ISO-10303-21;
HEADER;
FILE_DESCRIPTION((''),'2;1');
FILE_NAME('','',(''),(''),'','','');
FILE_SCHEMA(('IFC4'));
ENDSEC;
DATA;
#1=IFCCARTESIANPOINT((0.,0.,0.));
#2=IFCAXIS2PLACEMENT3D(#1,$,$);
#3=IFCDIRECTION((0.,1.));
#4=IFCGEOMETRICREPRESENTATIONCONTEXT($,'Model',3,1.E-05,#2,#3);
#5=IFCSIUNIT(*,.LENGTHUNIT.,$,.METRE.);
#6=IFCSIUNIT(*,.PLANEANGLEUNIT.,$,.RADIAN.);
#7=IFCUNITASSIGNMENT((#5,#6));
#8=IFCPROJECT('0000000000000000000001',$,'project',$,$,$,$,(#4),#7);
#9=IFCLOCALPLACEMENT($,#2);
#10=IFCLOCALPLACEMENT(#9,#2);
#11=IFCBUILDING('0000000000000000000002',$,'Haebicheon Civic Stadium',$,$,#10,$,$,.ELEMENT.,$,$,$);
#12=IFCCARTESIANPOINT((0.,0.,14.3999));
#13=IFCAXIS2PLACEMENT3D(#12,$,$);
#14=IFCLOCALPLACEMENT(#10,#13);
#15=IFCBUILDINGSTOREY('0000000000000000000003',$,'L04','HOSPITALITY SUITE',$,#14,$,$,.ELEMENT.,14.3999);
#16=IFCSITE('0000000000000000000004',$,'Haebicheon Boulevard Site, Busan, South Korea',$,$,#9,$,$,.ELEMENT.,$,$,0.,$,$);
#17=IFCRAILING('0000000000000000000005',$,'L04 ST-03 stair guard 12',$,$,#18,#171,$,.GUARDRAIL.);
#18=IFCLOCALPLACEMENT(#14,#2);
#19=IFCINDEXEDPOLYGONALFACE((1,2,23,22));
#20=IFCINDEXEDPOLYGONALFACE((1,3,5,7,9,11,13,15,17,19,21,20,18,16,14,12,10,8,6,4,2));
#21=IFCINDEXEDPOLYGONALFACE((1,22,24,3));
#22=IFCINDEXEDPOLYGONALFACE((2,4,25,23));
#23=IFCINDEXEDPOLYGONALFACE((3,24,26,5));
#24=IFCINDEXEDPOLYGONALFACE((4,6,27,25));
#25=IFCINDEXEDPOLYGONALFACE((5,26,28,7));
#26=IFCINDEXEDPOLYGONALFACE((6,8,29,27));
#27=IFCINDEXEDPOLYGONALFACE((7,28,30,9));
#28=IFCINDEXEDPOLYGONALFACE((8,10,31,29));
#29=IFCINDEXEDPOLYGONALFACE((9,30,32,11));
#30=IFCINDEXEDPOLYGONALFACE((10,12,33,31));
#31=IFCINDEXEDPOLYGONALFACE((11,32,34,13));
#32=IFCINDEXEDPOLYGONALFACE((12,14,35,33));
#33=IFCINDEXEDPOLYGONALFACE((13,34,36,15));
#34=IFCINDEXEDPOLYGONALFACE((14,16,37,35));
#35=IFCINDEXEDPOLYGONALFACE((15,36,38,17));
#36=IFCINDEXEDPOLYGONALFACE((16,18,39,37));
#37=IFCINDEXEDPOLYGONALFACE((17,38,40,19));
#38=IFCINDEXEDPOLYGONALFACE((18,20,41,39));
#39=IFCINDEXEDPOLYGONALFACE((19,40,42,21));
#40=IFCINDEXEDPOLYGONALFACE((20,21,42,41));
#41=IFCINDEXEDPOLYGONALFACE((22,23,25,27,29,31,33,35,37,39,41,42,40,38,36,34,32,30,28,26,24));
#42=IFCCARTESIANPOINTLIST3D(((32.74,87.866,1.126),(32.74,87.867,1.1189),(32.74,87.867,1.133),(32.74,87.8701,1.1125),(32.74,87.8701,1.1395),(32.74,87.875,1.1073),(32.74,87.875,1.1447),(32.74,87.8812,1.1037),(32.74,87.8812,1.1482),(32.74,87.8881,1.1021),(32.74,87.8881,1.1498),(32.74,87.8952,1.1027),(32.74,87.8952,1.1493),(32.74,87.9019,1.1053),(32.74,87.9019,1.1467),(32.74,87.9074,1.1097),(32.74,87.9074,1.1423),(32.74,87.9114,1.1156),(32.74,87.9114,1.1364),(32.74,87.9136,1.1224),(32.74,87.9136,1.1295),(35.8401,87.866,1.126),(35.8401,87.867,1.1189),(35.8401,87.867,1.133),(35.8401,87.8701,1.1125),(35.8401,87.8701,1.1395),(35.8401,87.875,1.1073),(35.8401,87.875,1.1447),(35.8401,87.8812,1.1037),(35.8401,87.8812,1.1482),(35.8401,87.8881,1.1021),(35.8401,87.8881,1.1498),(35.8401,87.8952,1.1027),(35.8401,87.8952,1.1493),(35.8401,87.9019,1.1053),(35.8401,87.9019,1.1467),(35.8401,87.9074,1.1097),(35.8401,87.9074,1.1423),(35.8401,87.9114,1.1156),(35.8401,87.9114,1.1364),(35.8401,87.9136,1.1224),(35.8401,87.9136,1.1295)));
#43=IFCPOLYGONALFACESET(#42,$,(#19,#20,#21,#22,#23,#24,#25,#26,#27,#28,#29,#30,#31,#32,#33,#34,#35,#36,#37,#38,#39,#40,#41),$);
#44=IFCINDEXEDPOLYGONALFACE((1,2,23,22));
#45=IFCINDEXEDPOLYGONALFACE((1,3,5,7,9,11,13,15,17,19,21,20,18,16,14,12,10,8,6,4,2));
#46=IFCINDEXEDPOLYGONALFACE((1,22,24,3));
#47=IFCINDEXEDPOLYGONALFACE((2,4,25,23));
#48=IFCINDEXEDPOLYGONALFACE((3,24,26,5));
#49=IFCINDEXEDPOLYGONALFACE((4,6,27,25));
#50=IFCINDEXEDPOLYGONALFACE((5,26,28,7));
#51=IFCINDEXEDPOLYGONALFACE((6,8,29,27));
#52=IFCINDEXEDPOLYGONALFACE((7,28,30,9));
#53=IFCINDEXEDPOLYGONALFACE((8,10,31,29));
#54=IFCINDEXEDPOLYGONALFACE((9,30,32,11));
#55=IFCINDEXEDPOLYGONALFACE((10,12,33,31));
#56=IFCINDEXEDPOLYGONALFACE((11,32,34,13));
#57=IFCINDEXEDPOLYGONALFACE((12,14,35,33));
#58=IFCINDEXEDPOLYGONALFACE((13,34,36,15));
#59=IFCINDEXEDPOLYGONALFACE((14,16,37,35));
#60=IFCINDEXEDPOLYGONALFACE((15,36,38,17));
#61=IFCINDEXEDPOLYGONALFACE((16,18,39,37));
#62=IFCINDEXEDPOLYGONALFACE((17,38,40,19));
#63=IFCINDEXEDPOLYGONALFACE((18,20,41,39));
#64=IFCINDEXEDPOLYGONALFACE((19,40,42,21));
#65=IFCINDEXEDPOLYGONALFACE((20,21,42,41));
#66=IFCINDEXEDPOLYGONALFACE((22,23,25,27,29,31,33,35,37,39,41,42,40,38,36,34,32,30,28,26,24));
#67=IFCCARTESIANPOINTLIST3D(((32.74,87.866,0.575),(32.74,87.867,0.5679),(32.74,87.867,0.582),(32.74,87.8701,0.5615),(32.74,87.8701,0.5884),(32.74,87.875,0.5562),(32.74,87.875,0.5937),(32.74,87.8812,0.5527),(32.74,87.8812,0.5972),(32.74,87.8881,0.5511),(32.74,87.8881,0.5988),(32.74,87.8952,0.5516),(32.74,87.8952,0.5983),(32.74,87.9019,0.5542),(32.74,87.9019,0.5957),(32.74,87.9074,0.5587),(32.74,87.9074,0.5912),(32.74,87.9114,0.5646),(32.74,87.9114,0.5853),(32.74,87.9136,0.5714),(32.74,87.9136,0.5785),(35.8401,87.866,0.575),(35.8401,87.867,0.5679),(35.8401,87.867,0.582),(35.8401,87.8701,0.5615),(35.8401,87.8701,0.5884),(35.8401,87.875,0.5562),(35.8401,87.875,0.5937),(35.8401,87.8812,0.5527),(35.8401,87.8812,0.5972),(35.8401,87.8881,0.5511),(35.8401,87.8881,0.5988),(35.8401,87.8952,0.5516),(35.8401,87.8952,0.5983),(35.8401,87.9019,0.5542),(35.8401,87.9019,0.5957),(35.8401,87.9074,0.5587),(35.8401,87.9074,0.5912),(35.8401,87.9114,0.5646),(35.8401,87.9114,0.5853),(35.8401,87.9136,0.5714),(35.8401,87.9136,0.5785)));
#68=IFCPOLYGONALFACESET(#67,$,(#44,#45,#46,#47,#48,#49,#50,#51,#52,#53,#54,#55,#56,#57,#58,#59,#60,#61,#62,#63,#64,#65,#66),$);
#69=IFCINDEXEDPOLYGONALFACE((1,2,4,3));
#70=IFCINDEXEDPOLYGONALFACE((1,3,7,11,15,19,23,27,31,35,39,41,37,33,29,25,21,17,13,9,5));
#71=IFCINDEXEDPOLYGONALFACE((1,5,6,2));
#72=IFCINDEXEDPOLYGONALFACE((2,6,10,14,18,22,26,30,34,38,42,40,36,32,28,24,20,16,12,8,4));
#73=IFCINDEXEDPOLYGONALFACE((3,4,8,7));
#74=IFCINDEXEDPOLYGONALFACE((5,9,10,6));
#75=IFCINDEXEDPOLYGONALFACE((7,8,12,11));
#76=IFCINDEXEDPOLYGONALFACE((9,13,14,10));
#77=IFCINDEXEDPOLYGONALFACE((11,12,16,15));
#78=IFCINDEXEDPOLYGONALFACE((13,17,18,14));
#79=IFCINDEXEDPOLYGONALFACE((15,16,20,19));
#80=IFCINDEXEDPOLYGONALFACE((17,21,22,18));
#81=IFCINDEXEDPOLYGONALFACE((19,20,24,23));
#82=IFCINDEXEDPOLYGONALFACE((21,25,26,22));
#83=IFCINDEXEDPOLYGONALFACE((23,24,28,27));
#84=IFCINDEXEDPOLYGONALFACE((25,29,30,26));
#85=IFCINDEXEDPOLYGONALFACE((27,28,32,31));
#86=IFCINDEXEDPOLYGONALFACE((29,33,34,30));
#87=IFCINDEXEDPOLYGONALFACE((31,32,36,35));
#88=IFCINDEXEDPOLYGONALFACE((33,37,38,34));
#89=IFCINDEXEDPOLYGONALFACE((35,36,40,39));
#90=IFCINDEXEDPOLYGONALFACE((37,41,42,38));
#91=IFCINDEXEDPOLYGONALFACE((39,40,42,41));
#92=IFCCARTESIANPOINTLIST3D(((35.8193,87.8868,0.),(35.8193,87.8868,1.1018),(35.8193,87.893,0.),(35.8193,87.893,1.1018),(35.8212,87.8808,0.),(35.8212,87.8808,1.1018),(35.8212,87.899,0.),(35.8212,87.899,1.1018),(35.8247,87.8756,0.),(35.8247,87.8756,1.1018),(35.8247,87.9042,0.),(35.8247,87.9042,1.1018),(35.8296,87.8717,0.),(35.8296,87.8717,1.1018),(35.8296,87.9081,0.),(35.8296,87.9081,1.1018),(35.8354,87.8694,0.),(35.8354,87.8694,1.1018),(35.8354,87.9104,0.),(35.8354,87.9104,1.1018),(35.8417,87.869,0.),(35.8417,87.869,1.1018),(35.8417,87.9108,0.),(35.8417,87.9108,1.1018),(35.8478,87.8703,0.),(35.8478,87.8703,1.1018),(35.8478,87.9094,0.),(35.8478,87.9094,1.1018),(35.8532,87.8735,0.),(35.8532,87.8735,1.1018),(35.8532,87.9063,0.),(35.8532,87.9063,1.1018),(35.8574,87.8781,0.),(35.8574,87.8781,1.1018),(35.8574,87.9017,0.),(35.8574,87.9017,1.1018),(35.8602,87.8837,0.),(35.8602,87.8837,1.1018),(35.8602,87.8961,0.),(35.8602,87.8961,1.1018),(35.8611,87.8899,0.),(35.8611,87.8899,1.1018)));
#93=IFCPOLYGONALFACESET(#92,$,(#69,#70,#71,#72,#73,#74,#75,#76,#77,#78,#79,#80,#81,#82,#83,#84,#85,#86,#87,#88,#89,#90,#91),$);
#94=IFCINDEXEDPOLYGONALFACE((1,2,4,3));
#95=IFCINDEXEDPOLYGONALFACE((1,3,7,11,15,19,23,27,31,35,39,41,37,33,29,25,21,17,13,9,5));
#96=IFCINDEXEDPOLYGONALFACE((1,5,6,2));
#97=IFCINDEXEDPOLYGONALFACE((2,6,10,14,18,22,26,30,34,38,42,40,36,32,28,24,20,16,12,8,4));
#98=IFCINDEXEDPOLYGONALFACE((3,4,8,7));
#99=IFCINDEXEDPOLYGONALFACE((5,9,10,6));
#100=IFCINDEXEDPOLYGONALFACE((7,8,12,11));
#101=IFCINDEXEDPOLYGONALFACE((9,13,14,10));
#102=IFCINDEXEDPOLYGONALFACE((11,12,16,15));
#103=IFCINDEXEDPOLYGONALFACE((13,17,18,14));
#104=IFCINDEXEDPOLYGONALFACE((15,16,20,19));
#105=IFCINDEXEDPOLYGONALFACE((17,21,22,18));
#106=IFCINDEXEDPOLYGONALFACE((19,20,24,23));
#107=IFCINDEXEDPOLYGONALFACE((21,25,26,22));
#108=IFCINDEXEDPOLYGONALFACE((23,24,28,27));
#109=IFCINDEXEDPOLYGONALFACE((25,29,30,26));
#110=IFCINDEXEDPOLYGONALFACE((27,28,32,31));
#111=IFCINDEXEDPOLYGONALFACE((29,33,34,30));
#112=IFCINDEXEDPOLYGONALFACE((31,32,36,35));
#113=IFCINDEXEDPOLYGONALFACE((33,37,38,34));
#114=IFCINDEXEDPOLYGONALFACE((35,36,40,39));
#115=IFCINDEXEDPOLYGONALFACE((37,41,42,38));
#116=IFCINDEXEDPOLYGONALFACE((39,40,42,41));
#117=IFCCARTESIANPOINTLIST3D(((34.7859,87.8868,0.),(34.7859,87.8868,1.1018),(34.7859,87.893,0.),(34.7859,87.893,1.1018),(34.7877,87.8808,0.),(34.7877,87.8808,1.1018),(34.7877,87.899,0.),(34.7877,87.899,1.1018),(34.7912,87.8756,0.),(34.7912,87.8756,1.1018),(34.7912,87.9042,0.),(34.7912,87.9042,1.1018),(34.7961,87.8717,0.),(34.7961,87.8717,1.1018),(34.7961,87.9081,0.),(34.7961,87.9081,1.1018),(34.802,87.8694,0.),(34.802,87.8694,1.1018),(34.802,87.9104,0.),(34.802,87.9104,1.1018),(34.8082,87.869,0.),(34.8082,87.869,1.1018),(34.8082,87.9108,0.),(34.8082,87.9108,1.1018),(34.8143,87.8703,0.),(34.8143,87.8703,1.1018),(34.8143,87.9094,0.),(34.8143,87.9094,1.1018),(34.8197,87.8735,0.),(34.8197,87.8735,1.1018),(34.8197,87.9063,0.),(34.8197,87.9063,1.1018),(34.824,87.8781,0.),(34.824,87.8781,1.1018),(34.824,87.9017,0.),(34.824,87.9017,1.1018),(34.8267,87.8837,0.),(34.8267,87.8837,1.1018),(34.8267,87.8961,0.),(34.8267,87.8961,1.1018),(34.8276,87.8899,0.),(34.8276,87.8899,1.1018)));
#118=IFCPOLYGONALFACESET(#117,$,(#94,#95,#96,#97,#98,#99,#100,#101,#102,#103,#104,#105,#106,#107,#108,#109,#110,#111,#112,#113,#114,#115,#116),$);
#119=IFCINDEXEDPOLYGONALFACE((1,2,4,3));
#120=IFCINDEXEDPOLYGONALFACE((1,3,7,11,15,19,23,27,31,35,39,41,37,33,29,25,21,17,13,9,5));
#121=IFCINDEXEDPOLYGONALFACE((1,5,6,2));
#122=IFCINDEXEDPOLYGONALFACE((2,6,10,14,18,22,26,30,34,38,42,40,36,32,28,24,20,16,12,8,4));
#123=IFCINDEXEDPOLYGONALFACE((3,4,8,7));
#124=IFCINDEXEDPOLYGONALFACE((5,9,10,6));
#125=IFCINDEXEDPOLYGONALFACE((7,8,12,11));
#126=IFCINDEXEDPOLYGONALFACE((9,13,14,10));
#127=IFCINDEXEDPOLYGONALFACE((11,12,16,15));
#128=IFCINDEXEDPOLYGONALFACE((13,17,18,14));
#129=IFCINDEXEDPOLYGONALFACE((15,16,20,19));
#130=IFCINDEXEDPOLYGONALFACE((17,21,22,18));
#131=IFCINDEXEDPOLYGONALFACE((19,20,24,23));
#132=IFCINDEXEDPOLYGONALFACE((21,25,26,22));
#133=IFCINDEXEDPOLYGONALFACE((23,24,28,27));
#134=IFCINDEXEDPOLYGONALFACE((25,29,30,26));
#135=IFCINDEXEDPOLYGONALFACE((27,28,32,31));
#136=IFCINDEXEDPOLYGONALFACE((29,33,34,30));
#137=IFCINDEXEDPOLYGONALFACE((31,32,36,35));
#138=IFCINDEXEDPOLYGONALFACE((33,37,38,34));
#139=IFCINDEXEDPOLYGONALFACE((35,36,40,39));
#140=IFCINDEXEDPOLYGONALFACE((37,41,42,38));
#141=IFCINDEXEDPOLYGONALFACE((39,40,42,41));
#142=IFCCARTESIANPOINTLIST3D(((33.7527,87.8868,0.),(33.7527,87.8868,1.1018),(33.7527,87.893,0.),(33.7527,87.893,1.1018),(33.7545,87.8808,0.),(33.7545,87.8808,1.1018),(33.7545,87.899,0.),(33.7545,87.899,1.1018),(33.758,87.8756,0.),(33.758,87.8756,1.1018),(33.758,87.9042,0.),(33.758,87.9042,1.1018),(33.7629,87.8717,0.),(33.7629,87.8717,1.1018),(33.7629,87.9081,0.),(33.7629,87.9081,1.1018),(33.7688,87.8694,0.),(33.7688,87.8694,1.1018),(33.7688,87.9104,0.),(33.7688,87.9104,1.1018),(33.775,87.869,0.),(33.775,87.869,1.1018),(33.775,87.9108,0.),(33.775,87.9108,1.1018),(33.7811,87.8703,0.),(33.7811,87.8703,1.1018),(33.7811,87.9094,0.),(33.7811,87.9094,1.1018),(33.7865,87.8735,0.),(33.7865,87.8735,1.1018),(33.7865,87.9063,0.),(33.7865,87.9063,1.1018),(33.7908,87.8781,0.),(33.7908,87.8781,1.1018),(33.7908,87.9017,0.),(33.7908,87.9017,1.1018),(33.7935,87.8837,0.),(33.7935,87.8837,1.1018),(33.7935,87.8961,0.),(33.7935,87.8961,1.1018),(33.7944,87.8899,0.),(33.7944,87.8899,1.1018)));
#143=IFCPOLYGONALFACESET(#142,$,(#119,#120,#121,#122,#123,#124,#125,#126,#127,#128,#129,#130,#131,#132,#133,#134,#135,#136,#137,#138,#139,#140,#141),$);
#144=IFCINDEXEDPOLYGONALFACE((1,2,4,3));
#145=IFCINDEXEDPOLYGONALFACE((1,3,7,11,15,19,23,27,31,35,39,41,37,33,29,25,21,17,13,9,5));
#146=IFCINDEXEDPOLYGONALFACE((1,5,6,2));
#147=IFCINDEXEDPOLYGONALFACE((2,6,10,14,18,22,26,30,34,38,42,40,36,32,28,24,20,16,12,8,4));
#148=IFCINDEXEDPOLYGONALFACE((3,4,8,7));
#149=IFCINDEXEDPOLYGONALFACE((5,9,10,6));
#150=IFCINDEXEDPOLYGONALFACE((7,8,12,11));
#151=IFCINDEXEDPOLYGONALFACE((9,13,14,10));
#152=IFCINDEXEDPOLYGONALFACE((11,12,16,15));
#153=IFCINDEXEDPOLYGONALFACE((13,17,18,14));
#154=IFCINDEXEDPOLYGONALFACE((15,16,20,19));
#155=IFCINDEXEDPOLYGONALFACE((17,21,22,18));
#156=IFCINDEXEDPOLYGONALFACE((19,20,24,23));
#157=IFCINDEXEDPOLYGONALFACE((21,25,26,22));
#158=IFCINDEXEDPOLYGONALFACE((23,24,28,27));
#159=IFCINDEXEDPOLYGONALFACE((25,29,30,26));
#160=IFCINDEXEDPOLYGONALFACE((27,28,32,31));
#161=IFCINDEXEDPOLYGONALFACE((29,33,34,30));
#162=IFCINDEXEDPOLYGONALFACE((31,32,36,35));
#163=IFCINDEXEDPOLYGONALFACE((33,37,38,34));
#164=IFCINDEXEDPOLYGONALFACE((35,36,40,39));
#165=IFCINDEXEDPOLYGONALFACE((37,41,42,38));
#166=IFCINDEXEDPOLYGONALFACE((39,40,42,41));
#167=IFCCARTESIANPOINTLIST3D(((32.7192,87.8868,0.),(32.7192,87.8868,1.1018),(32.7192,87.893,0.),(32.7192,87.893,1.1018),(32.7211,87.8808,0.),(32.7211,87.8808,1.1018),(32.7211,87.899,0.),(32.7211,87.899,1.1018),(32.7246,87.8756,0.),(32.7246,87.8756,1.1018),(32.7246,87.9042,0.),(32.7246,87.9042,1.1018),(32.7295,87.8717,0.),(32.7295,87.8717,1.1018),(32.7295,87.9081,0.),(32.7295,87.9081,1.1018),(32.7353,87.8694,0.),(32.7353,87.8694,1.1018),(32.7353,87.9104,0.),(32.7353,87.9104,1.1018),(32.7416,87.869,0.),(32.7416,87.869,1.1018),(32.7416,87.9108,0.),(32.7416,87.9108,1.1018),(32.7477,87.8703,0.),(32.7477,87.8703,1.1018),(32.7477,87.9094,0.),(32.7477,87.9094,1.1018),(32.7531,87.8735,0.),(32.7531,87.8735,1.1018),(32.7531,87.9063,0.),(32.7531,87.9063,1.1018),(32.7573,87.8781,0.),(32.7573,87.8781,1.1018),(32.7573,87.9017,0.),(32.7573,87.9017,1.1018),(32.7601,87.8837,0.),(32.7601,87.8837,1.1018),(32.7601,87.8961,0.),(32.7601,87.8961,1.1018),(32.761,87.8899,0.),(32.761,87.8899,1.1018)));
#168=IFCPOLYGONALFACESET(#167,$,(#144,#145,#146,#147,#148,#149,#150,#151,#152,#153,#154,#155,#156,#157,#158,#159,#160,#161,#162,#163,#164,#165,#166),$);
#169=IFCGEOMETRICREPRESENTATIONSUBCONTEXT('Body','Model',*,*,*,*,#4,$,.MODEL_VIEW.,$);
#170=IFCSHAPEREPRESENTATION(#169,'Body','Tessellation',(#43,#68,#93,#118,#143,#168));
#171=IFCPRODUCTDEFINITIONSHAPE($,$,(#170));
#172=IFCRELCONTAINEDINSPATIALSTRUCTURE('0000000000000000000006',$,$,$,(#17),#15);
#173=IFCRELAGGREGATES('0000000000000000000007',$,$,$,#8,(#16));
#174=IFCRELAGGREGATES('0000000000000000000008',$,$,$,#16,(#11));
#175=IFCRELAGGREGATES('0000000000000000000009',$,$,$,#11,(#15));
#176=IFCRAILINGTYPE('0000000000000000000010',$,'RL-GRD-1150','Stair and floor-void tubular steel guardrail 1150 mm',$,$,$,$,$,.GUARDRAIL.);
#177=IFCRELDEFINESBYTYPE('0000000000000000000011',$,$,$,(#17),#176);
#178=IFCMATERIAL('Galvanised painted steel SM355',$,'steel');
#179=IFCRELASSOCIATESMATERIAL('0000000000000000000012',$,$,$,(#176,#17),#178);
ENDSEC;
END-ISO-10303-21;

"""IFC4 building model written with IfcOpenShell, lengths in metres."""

from ifc_helpers import new_model, si_unit, direction, frame, origin, origin_2d, place, context, subcontext, project, spatial, circle, extrude, material, type_object, element, save


model = new_model("IFC4")

# Units and contexts
model_context = context("Model", 3, precision=1e-05, world=origin(), true_north=direction((0.0, 1.0)))
body_context = subcontext(model_context, "Body", "Model", "MODEL_VIEW")
ifc_project = project(units=[si_unit("LENGTHUNIT", "METRE"), si_unit("PLANEANGLEUNIT", "RADIAN")], contexts=[model_context])

# Site, building, storey
site_placement = place(None, origin())
site = spatial("IfcSite", under=ifc_project, at=site_placement, Name="Haebicheon Boulevard Site, Busan, South Korea", CompositionType="ELEMENT", RefElevation=0.0)
building_placement = place(site_placement, origin())
building = spatial("IfcBuilding", under=site, at=building_placement, Name="Haebicheon Civic Stadium", CompositionType="ELEMENT")
storey_placement = place(building_placement, frame((0.0, 0.0, 14.3999)))
storey = spatial("IfcBuildingStorey", under=building, at=storey_placement, Name="L04", Description="HOSPITALITY SUITE", CompositionType="ELEMENT", Elevation=14.3999)

# Railing
ifc_material_1 = material(Name="Galvanised painted steel SM355", Category="steel")
railing_type_1 = type_object("IfcRailingType", Name="RL-GRD-1150", Description="Stair and floor-void tubular steel guardrail 1150 mm", PredefinedType="GUARDRAIL", material=ifc_material_1)
railing_1_placement = place(storey_placement, frame((35.8401, 87.8899, 0.0)))
element("IfcRailing", 1, at=railing_1_placement, inside=storey, type_object=railing_type_1, material=ifc_material_1, Name="L04 ST-03 stair guard 12", PredefinedType="GUARDRAIL", context=body_context, shape_type="SweptSolid", body=[
    extrude(circle(Radius=0.0239, at=origin_2d()), frame((0.0, 0.0, 1.126), z_axis=(-1.0, 0.0, 0.0), x_axis=(0.0, -1.0, 0.0)), (0.0, 0.0, 1.0), 3.1001),
    extrude(circle(Radius=0.0239, at=origin_2d()), frame((0.0, 0.0, 0.575), z_axis=(-1.0, 0.0, 0.0), x_axis=(0.0, -1.0, 0.0)), (0.0, 0.0, 1.0), 3.1001),
    extrude(circle(Radius=0.021, at=origin_2d()), origin(), (0.0, 0.0, 1.0), 1.1018),
    extrude(circle(Radius=0.021, at=origin_2d()), frame((-1.0334, 0.0, 0.0)), (0.0, 0.0, 1.0), 1.1018),
    extrude(circle(Radius=0.021, at=origin_2d()), frame((-2.0667, 0.0, 0.0)), (0.0, 0.0, 1.0), 1.1018),
    extrude(circle(Radius=0.021, at=origin_2d()), frame((-3.1001, 0.0, 0.0)), (0.0, 0.0, 1.0), 1.1018),
])

save(model, "model.ifc")
